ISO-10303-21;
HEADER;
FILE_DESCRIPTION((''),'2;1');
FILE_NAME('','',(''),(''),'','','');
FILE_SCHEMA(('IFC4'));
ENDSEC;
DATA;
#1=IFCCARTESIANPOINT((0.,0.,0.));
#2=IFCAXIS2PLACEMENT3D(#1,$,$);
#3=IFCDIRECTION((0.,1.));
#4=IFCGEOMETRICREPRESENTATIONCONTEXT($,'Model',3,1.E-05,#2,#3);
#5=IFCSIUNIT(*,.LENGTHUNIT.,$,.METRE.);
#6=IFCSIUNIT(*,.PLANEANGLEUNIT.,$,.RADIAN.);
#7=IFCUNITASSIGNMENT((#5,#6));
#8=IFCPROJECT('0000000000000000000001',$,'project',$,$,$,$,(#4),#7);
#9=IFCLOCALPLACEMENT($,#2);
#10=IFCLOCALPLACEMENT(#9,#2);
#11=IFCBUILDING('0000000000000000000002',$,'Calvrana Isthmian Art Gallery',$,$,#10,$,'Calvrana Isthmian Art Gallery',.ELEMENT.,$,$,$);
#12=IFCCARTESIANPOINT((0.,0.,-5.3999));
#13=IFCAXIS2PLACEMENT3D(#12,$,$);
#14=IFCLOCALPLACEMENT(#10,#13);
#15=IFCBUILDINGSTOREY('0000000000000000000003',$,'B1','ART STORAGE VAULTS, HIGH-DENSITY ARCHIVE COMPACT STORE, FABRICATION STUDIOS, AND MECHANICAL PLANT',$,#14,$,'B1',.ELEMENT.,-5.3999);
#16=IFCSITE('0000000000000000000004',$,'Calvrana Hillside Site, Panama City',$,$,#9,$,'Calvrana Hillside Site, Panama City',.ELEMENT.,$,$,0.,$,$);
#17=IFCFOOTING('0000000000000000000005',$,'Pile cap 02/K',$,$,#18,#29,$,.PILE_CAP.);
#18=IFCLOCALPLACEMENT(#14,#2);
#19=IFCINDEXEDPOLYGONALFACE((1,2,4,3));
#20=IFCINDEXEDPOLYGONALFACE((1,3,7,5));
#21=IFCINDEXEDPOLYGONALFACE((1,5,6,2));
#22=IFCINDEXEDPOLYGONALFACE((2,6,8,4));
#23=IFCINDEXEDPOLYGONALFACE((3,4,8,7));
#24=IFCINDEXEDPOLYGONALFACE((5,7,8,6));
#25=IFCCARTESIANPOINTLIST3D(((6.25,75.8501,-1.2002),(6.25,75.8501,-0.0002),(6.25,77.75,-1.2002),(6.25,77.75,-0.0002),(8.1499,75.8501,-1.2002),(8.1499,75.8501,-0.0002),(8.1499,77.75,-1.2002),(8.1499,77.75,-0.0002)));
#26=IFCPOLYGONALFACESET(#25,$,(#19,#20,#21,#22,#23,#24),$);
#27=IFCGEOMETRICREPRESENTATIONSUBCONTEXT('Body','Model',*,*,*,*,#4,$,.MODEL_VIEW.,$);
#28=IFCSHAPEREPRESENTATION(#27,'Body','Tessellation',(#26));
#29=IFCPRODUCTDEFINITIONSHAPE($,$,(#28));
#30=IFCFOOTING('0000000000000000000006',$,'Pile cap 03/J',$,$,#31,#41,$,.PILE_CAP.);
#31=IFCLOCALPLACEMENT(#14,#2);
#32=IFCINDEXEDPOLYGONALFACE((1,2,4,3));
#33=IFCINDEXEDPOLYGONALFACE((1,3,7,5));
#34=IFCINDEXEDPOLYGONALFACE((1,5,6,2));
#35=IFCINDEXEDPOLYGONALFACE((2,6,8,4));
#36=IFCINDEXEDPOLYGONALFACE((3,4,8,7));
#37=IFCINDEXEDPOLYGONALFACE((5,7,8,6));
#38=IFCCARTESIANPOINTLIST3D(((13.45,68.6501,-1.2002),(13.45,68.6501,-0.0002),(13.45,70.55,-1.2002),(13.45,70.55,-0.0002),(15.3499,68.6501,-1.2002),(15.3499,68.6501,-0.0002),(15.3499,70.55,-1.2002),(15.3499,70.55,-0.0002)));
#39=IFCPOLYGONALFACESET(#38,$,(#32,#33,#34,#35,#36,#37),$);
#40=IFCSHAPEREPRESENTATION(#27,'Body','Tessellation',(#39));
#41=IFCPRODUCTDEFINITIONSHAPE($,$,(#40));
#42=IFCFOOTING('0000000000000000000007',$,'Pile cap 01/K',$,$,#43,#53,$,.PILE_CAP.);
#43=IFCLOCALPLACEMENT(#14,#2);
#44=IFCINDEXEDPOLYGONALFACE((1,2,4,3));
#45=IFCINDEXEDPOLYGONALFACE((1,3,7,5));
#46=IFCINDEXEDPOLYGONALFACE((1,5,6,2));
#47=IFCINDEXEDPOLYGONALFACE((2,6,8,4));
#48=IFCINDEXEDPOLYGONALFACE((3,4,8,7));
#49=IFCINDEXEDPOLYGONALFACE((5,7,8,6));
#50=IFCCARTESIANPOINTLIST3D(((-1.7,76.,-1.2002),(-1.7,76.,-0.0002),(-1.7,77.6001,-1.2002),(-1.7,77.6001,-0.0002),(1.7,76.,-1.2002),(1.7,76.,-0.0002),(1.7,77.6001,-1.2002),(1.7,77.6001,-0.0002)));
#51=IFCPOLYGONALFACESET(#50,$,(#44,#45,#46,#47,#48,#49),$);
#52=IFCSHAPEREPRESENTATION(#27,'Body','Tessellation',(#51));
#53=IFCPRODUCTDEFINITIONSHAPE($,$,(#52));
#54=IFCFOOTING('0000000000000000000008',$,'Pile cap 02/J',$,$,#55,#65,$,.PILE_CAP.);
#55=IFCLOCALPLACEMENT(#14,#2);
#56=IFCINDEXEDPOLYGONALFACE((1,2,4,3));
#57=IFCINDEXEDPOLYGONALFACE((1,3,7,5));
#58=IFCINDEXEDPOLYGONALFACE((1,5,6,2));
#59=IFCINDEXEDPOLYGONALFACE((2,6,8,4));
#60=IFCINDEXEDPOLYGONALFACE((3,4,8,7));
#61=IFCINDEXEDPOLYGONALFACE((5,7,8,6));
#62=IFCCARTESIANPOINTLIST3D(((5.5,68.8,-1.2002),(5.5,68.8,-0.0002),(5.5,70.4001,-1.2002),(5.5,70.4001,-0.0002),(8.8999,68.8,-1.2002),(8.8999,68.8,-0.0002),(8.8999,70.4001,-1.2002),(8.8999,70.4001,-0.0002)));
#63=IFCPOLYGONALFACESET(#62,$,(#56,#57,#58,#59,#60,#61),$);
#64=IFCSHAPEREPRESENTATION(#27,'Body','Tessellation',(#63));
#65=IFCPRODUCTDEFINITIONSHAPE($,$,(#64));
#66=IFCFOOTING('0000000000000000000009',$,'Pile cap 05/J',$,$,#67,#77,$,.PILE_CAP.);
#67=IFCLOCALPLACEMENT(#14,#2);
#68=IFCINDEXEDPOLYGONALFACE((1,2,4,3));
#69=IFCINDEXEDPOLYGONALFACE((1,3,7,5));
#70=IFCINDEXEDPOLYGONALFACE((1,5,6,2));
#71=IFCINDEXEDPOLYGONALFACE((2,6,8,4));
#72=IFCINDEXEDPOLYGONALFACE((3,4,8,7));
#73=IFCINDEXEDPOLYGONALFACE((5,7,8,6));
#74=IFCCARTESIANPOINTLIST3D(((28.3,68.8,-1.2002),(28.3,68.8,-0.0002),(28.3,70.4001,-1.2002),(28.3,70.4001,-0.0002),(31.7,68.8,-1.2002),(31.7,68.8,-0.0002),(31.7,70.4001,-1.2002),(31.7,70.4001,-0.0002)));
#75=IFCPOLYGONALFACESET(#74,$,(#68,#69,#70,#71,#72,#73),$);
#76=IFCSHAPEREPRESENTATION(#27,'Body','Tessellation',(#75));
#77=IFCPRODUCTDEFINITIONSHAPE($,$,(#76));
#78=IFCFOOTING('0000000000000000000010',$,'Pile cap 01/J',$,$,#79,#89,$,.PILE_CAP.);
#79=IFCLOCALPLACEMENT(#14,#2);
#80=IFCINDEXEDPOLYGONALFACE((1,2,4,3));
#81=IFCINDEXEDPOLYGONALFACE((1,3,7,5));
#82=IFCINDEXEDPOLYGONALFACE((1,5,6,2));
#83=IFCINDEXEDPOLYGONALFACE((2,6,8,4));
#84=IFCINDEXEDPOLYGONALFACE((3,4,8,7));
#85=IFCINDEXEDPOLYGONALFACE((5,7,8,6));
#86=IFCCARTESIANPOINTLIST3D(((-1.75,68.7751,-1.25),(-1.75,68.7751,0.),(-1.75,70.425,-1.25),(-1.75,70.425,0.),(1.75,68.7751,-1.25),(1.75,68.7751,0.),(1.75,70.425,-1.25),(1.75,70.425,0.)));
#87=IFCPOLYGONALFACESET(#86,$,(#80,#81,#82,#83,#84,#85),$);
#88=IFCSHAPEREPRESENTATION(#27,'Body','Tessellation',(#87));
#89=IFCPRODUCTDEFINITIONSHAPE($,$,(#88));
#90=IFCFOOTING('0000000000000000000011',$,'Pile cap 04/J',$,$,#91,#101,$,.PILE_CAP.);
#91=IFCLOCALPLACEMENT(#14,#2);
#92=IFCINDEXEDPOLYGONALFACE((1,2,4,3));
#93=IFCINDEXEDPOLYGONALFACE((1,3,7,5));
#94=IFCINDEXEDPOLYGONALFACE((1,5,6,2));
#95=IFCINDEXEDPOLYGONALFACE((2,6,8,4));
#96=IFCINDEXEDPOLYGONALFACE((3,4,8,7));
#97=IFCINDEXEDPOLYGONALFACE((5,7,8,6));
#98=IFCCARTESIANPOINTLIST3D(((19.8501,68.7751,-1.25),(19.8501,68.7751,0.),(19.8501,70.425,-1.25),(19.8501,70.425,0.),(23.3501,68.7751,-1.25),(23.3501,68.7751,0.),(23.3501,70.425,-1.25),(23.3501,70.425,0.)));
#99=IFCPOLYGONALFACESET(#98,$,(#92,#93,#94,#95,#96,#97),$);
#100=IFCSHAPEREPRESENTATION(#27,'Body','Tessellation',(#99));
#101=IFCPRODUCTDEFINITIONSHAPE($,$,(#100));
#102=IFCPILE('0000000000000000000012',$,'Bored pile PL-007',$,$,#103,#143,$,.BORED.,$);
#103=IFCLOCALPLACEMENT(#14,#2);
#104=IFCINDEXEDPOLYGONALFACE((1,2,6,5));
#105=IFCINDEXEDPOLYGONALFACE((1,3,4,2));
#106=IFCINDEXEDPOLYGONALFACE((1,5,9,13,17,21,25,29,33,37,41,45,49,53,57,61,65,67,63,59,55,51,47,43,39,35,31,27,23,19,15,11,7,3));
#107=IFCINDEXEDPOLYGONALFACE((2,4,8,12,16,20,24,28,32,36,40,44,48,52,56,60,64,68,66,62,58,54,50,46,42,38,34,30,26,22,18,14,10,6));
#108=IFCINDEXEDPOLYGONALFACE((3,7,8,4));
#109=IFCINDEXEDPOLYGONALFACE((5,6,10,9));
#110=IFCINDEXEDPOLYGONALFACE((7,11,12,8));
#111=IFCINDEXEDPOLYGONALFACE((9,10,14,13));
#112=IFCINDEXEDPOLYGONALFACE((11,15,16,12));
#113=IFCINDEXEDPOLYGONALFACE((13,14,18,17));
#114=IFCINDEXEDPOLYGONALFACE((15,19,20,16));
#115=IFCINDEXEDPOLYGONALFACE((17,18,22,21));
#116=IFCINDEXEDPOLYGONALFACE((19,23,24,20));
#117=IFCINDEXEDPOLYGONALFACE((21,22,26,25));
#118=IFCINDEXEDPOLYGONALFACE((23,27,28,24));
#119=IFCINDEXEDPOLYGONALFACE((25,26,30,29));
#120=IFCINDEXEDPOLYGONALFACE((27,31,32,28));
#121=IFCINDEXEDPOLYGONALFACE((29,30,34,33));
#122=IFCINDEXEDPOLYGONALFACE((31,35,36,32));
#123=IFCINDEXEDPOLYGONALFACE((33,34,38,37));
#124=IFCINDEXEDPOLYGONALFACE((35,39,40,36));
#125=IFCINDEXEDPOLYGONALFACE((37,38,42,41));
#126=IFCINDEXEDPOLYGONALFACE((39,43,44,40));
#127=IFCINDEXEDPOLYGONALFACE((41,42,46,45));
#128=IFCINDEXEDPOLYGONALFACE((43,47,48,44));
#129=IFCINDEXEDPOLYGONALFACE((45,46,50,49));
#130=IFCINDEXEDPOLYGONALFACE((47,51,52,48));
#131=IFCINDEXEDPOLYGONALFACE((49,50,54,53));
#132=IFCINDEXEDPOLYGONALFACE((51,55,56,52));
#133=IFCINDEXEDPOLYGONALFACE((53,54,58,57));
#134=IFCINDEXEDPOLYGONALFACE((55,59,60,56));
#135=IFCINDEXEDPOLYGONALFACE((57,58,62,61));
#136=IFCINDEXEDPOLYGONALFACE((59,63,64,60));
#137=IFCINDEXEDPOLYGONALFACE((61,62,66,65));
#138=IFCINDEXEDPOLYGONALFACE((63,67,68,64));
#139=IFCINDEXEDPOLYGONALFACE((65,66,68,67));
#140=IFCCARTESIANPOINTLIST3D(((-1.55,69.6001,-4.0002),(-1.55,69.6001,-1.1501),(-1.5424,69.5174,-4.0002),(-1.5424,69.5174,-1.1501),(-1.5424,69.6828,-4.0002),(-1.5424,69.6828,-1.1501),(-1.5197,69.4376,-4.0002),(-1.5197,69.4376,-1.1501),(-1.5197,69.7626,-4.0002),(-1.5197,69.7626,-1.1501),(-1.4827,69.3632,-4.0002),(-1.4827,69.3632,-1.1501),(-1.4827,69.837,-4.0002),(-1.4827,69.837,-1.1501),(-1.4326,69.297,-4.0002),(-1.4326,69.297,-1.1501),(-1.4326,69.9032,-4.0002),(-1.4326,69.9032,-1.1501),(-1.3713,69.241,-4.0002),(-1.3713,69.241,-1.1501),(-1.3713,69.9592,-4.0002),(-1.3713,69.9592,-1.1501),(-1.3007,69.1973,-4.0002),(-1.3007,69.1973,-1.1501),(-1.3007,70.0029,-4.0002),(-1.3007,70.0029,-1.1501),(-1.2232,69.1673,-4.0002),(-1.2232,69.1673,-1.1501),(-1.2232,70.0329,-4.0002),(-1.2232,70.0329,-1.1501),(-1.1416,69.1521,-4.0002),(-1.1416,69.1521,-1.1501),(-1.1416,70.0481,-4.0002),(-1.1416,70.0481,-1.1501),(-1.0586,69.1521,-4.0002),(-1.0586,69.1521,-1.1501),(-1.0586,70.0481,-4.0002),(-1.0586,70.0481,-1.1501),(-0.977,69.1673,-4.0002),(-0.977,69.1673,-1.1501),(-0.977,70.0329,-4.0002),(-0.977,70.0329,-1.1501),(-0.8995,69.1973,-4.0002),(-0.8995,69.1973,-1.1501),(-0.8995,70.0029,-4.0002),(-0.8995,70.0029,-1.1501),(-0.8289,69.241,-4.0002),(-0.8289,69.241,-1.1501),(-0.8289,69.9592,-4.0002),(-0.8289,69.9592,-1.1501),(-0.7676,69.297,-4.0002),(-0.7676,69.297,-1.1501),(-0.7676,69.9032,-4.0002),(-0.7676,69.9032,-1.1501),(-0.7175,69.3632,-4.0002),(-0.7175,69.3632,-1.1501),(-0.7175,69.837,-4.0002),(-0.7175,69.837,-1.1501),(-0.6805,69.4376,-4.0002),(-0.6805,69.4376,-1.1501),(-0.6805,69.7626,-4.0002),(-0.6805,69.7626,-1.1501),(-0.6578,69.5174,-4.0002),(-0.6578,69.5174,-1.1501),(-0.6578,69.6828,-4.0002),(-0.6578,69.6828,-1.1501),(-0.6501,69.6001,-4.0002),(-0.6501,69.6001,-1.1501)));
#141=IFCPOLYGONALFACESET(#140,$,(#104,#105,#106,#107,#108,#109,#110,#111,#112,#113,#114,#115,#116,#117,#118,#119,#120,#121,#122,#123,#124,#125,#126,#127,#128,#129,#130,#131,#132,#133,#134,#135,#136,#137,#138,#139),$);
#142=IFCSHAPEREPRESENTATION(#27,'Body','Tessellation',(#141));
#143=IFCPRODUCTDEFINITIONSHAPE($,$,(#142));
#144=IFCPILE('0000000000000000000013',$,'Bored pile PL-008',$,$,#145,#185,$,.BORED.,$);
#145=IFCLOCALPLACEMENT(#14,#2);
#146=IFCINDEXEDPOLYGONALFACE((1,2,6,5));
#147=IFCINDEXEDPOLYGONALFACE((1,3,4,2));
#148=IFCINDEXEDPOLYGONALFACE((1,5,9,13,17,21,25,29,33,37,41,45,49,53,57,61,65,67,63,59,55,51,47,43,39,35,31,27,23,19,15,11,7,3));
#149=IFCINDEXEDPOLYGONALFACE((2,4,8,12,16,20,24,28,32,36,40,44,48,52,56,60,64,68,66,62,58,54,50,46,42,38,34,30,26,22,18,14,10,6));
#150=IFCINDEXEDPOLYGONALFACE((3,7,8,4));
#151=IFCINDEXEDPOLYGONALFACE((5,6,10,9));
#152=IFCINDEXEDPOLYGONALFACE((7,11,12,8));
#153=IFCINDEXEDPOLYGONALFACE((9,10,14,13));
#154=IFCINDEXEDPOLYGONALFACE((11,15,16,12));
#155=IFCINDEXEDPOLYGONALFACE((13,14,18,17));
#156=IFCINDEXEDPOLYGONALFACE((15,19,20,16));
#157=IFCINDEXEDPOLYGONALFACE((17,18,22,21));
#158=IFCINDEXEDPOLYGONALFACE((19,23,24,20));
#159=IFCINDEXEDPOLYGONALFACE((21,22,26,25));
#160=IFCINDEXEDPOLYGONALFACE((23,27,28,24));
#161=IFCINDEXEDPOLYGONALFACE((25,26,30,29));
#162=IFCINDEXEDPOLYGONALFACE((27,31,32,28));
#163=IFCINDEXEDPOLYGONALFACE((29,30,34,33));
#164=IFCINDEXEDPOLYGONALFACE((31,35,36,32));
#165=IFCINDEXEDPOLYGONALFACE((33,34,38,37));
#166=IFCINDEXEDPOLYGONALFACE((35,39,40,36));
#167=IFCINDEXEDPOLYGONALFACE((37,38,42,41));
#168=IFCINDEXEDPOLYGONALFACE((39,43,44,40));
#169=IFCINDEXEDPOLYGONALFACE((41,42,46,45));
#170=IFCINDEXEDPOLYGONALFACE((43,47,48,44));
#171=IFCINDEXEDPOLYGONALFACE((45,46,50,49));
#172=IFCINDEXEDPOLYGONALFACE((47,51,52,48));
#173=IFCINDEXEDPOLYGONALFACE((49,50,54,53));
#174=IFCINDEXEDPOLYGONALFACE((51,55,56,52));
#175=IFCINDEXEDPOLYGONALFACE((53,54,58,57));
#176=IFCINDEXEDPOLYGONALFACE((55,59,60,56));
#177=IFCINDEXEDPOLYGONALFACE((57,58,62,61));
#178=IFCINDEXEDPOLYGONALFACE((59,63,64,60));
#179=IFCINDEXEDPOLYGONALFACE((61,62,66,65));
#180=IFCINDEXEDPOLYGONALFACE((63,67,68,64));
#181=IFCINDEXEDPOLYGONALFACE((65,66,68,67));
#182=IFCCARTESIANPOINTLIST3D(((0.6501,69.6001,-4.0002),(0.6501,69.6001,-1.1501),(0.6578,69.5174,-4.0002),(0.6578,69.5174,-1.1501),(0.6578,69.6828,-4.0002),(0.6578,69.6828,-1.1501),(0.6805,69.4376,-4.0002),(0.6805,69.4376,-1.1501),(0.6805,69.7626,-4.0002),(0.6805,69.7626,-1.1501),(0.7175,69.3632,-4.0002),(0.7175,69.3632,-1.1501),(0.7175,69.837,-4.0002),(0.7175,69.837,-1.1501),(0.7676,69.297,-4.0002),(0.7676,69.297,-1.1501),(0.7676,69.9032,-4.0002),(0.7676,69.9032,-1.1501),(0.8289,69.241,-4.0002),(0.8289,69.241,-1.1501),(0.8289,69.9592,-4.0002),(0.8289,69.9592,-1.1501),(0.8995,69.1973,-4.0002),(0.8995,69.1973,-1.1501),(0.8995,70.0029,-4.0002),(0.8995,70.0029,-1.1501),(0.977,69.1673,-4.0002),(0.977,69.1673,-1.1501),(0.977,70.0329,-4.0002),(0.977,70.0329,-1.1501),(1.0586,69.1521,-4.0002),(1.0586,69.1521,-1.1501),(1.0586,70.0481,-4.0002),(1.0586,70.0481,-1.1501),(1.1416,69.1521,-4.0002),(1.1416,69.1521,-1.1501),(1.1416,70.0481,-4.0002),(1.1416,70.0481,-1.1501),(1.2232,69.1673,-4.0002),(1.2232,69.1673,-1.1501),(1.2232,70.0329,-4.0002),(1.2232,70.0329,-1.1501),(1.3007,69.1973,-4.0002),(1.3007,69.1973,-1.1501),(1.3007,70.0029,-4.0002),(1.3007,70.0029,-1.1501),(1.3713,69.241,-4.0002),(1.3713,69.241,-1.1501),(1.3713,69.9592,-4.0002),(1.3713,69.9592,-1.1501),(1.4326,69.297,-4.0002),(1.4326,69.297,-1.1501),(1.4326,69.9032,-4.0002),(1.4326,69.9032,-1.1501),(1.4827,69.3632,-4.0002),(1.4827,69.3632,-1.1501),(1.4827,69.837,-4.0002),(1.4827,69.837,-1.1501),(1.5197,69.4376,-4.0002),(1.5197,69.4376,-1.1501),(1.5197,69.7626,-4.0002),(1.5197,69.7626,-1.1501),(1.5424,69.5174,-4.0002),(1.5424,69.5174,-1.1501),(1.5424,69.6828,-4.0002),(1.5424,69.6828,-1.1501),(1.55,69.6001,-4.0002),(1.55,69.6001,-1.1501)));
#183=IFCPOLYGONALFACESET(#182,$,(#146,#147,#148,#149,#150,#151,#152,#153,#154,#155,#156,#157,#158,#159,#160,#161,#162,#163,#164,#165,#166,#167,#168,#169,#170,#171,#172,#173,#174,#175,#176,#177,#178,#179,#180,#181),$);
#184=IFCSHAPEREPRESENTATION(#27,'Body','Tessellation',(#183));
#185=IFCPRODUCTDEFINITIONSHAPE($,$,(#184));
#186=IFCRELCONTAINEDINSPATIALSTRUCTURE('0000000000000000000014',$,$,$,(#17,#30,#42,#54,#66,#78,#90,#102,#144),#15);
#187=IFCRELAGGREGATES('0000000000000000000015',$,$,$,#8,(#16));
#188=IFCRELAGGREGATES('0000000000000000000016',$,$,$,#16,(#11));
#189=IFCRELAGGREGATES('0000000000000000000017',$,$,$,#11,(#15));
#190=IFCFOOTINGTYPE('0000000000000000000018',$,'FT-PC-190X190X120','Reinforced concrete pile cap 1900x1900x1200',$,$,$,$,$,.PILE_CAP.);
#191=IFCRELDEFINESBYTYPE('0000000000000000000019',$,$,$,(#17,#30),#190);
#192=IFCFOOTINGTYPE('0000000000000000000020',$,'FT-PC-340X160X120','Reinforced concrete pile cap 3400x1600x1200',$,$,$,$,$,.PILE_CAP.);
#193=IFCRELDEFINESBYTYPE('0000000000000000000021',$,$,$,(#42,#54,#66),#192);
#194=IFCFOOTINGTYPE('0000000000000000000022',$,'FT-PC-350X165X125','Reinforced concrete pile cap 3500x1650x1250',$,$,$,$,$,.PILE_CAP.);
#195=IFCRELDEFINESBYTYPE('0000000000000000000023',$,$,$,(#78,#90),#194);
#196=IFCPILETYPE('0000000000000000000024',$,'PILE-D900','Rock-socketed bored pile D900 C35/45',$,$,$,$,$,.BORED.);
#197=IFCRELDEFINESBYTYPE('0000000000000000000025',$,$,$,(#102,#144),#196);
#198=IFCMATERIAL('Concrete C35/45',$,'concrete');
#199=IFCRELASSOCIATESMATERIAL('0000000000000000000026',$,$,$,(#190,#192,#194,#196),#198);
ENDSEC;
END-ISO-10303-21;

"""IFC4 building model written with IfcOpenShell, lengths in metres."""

from ifc_helpers import new_model, si_unit, direction, frame, origin, origin_2d, place, context, subcontext, project, spatial, rectangle, circle, extrude, material, material_profile, profile_set, type_object, element, save


model = new_model("IFC4")

# Units and contexts
model_context = context("Model", 3, precision=1e-05, world=origin(), true_north=direction((0.0, 1.0)))
body_context = subcontext(model_context, "Body", "Model", "MODEL_VIEW")
ifc_project = project(units=[si_unit("LENGTHUNIT", "METRE"), si_unit("PLANEANGLEUNIT", "RADIAN")], contexts=[model_context])

# Site, building, storey
site_placement = place(None, origin())
site = spatial("IfcSite", under=ifc_project, at=site_placement, Name="Calvrana Hillside Site, Panama City", LongName="Calvrana Hillside Site, Panama City", CompositionType="ELEMENT", RefElevation=0.0)
building_placement = place(site_placement, origin())
building = spatial("IfcBuilding", under=site, at=building_placement, Name="Calvrana Isthmian Art Gallery", LongName="Calvrana Isthmian Art Gallery", CompositionType="ELEMENT")
storey_placement = place(building_placement, frame((0.0, 0.0, -5.3999)))
storey = spatial("IfcBuildingStorey", under=building, at=storey_placement, Name="B1", Description="ART STORAGE VAULTS, HIGH-DENSITY ARCHIVE COMPACT STORE, FABRICATION STUDIOS, AND MECHANICAL PLANT", LongName="B1", CompositionType="ELEMENT", Elevation=-5.3999)

# Footings
ifc_material_1 = material(Name="Concrete C35/45", Category="concrete")
footing_type_1 = type_object("IfcFootingType", Name="FT-PC-190X190X120", Description="Reinforced concrete pile cap 1900x1900x1200", PredefinedType="PILE_CAP", material=ifc_material_1)
for number, where, z_axis, x_axis, name in (
    (1, (7.2, 76.8, -1.2002), (0.0, 0.0, 1.0), (1.0, 0.0, 0.0), "Pile cap 02/K"),
    (2, (14.3999, 69.6001, -1.2002), (0.0, 0.0, 1.0), (1.0, 0.0, 0.0), "Pile cap 03/J"),
):
    element("IfcFooting", number, at=place(storey_placement, frame(where, z_axis=z_axis, x_axis=x_axis)), inside=storey, type_object=footing_type_1, Name=name, PredefinedType="PILE_CAP", context=body_context, shape_type="SweptSolid", body=[
        extrude(rectangle(XDim=1.8999, YDim=1.8999, at=origin_2d()), origin(), (0.0, 0.0, 1.0), 1.2),
    ])
footing_type_2 = type_object("IfcFootingType", Name="FT-PC-340X160X120", Description="Reinforced concrete pile cap 3400x1600x1200", PredefinedType="PILE_CAP", material=ifc_material_1)
for number, where, z_axis, x_axis, name in (
    (3, (0.0, 76.8, -1.2002), (0.0, 0.0, 1.0), (1.0, 0.0, 0.0), "Pile cap 01/K"),
    (4, (7.2, 69.6001, -1.2002), (0.0, 0.0, 1.0), (1.0, 0.0, 0.0), "Pile cap 02/J"),
    (5, (30.0, 69.6001, -1.2002), (0.0, 0.0, 1.0), (1.0, 0.0, 0.0), "Pile cap 05/J"),
):
    element("IfcFooting", number, at=place(storey_placement, frame(where, z_axis=z_axis, x_axis=x_axis)), inside=storey, type_object=footing_type_2, Name=name, PredefinedType="PILE_CAP", context=body_context, shape_type="SweptSolid", body=[
        extrude(rectangle(XDim=3.3999, YDim=1.6001, at=origin_2d()), origin(), (0.0, 0.0, 1.0), 1.2),
    ])
footing_type_3 = type_object("IfcFootingType", Name="FT-PC-350X165X125", Description="Reinforced concrete pile cap 3500x1650x1250", PredefinedType="PILE_CAP", material=ifc_material_1)
for number, where, z_axis, x_axis, name in (
    (6, (0.0, 69.6001, -1.25), (0.0, 0.0, 1.0), (1.0, 0.0, 0.0), "Pile cap 01/J"),
    (7, (21.6001, 69.6001, -1.25), (0.0, 0.0, 1.0), (1.0, 0.0, 0.0), "Pile cap 04/J"),
):
    element("IfcFooting", number, at=place(storey_placement, frame(where, z_axis=z_axis, x_axis=x_axis)), inside=storey, type_object=footing_type_3, Name=name, PredefinedType="PILE_CAP", context=body_context, shape_type="SweptSolid", body=[
        extrude(rectangle(XDim=3.5, YDim=1.6499, at=origin_2d()), origin(), (0.0, 0.0, 1.0), 1.25),
    ])

# Piles
ifc_material_profile_1 = material_profile(ifc_material_1, circle(Radius=0.45, at=origin_2d()), Name="PILE900D")
ifc_profile_set_1 = profile_set([ifc_material_profile_1], Name="Concrete C35/45")
pile_type = type_object("IfcPileType", Name="PILE-D900", Description="Rock-socketed bored pile D900 C35/45", PredefinedType="BORED", material=ifc_profile_set_1)
for number, where, z_axis, x_axis, name in (
    (8, (-1.1001, 69.6001, -1.1501), (0.0, 0.0, -1.0), (1.0, 0.0, 0.0), "Bored pile PL-007"),
    (9, (1.1001, 69.6001, -1.1501), (0.0, 0.0, -1.0), (1.0, 0.0, 0.0), "Bored pile PL-008"),
):
    element("IfcPile", number, at=place(storey_placement, frame(where, z_axis=z_axis, x_axis=x_axis)), inside=storey, type_object=pile_type, Name=name, PredefinedType="BORED", context=body_context, shape_type="SweptSolid", body=[
        extrude(circle(Radius=0.45, at=origin_2d()), origin(), (0.0, 0.0, 1.0), 2.8501),
    ])

save(model, "model.ifc")
